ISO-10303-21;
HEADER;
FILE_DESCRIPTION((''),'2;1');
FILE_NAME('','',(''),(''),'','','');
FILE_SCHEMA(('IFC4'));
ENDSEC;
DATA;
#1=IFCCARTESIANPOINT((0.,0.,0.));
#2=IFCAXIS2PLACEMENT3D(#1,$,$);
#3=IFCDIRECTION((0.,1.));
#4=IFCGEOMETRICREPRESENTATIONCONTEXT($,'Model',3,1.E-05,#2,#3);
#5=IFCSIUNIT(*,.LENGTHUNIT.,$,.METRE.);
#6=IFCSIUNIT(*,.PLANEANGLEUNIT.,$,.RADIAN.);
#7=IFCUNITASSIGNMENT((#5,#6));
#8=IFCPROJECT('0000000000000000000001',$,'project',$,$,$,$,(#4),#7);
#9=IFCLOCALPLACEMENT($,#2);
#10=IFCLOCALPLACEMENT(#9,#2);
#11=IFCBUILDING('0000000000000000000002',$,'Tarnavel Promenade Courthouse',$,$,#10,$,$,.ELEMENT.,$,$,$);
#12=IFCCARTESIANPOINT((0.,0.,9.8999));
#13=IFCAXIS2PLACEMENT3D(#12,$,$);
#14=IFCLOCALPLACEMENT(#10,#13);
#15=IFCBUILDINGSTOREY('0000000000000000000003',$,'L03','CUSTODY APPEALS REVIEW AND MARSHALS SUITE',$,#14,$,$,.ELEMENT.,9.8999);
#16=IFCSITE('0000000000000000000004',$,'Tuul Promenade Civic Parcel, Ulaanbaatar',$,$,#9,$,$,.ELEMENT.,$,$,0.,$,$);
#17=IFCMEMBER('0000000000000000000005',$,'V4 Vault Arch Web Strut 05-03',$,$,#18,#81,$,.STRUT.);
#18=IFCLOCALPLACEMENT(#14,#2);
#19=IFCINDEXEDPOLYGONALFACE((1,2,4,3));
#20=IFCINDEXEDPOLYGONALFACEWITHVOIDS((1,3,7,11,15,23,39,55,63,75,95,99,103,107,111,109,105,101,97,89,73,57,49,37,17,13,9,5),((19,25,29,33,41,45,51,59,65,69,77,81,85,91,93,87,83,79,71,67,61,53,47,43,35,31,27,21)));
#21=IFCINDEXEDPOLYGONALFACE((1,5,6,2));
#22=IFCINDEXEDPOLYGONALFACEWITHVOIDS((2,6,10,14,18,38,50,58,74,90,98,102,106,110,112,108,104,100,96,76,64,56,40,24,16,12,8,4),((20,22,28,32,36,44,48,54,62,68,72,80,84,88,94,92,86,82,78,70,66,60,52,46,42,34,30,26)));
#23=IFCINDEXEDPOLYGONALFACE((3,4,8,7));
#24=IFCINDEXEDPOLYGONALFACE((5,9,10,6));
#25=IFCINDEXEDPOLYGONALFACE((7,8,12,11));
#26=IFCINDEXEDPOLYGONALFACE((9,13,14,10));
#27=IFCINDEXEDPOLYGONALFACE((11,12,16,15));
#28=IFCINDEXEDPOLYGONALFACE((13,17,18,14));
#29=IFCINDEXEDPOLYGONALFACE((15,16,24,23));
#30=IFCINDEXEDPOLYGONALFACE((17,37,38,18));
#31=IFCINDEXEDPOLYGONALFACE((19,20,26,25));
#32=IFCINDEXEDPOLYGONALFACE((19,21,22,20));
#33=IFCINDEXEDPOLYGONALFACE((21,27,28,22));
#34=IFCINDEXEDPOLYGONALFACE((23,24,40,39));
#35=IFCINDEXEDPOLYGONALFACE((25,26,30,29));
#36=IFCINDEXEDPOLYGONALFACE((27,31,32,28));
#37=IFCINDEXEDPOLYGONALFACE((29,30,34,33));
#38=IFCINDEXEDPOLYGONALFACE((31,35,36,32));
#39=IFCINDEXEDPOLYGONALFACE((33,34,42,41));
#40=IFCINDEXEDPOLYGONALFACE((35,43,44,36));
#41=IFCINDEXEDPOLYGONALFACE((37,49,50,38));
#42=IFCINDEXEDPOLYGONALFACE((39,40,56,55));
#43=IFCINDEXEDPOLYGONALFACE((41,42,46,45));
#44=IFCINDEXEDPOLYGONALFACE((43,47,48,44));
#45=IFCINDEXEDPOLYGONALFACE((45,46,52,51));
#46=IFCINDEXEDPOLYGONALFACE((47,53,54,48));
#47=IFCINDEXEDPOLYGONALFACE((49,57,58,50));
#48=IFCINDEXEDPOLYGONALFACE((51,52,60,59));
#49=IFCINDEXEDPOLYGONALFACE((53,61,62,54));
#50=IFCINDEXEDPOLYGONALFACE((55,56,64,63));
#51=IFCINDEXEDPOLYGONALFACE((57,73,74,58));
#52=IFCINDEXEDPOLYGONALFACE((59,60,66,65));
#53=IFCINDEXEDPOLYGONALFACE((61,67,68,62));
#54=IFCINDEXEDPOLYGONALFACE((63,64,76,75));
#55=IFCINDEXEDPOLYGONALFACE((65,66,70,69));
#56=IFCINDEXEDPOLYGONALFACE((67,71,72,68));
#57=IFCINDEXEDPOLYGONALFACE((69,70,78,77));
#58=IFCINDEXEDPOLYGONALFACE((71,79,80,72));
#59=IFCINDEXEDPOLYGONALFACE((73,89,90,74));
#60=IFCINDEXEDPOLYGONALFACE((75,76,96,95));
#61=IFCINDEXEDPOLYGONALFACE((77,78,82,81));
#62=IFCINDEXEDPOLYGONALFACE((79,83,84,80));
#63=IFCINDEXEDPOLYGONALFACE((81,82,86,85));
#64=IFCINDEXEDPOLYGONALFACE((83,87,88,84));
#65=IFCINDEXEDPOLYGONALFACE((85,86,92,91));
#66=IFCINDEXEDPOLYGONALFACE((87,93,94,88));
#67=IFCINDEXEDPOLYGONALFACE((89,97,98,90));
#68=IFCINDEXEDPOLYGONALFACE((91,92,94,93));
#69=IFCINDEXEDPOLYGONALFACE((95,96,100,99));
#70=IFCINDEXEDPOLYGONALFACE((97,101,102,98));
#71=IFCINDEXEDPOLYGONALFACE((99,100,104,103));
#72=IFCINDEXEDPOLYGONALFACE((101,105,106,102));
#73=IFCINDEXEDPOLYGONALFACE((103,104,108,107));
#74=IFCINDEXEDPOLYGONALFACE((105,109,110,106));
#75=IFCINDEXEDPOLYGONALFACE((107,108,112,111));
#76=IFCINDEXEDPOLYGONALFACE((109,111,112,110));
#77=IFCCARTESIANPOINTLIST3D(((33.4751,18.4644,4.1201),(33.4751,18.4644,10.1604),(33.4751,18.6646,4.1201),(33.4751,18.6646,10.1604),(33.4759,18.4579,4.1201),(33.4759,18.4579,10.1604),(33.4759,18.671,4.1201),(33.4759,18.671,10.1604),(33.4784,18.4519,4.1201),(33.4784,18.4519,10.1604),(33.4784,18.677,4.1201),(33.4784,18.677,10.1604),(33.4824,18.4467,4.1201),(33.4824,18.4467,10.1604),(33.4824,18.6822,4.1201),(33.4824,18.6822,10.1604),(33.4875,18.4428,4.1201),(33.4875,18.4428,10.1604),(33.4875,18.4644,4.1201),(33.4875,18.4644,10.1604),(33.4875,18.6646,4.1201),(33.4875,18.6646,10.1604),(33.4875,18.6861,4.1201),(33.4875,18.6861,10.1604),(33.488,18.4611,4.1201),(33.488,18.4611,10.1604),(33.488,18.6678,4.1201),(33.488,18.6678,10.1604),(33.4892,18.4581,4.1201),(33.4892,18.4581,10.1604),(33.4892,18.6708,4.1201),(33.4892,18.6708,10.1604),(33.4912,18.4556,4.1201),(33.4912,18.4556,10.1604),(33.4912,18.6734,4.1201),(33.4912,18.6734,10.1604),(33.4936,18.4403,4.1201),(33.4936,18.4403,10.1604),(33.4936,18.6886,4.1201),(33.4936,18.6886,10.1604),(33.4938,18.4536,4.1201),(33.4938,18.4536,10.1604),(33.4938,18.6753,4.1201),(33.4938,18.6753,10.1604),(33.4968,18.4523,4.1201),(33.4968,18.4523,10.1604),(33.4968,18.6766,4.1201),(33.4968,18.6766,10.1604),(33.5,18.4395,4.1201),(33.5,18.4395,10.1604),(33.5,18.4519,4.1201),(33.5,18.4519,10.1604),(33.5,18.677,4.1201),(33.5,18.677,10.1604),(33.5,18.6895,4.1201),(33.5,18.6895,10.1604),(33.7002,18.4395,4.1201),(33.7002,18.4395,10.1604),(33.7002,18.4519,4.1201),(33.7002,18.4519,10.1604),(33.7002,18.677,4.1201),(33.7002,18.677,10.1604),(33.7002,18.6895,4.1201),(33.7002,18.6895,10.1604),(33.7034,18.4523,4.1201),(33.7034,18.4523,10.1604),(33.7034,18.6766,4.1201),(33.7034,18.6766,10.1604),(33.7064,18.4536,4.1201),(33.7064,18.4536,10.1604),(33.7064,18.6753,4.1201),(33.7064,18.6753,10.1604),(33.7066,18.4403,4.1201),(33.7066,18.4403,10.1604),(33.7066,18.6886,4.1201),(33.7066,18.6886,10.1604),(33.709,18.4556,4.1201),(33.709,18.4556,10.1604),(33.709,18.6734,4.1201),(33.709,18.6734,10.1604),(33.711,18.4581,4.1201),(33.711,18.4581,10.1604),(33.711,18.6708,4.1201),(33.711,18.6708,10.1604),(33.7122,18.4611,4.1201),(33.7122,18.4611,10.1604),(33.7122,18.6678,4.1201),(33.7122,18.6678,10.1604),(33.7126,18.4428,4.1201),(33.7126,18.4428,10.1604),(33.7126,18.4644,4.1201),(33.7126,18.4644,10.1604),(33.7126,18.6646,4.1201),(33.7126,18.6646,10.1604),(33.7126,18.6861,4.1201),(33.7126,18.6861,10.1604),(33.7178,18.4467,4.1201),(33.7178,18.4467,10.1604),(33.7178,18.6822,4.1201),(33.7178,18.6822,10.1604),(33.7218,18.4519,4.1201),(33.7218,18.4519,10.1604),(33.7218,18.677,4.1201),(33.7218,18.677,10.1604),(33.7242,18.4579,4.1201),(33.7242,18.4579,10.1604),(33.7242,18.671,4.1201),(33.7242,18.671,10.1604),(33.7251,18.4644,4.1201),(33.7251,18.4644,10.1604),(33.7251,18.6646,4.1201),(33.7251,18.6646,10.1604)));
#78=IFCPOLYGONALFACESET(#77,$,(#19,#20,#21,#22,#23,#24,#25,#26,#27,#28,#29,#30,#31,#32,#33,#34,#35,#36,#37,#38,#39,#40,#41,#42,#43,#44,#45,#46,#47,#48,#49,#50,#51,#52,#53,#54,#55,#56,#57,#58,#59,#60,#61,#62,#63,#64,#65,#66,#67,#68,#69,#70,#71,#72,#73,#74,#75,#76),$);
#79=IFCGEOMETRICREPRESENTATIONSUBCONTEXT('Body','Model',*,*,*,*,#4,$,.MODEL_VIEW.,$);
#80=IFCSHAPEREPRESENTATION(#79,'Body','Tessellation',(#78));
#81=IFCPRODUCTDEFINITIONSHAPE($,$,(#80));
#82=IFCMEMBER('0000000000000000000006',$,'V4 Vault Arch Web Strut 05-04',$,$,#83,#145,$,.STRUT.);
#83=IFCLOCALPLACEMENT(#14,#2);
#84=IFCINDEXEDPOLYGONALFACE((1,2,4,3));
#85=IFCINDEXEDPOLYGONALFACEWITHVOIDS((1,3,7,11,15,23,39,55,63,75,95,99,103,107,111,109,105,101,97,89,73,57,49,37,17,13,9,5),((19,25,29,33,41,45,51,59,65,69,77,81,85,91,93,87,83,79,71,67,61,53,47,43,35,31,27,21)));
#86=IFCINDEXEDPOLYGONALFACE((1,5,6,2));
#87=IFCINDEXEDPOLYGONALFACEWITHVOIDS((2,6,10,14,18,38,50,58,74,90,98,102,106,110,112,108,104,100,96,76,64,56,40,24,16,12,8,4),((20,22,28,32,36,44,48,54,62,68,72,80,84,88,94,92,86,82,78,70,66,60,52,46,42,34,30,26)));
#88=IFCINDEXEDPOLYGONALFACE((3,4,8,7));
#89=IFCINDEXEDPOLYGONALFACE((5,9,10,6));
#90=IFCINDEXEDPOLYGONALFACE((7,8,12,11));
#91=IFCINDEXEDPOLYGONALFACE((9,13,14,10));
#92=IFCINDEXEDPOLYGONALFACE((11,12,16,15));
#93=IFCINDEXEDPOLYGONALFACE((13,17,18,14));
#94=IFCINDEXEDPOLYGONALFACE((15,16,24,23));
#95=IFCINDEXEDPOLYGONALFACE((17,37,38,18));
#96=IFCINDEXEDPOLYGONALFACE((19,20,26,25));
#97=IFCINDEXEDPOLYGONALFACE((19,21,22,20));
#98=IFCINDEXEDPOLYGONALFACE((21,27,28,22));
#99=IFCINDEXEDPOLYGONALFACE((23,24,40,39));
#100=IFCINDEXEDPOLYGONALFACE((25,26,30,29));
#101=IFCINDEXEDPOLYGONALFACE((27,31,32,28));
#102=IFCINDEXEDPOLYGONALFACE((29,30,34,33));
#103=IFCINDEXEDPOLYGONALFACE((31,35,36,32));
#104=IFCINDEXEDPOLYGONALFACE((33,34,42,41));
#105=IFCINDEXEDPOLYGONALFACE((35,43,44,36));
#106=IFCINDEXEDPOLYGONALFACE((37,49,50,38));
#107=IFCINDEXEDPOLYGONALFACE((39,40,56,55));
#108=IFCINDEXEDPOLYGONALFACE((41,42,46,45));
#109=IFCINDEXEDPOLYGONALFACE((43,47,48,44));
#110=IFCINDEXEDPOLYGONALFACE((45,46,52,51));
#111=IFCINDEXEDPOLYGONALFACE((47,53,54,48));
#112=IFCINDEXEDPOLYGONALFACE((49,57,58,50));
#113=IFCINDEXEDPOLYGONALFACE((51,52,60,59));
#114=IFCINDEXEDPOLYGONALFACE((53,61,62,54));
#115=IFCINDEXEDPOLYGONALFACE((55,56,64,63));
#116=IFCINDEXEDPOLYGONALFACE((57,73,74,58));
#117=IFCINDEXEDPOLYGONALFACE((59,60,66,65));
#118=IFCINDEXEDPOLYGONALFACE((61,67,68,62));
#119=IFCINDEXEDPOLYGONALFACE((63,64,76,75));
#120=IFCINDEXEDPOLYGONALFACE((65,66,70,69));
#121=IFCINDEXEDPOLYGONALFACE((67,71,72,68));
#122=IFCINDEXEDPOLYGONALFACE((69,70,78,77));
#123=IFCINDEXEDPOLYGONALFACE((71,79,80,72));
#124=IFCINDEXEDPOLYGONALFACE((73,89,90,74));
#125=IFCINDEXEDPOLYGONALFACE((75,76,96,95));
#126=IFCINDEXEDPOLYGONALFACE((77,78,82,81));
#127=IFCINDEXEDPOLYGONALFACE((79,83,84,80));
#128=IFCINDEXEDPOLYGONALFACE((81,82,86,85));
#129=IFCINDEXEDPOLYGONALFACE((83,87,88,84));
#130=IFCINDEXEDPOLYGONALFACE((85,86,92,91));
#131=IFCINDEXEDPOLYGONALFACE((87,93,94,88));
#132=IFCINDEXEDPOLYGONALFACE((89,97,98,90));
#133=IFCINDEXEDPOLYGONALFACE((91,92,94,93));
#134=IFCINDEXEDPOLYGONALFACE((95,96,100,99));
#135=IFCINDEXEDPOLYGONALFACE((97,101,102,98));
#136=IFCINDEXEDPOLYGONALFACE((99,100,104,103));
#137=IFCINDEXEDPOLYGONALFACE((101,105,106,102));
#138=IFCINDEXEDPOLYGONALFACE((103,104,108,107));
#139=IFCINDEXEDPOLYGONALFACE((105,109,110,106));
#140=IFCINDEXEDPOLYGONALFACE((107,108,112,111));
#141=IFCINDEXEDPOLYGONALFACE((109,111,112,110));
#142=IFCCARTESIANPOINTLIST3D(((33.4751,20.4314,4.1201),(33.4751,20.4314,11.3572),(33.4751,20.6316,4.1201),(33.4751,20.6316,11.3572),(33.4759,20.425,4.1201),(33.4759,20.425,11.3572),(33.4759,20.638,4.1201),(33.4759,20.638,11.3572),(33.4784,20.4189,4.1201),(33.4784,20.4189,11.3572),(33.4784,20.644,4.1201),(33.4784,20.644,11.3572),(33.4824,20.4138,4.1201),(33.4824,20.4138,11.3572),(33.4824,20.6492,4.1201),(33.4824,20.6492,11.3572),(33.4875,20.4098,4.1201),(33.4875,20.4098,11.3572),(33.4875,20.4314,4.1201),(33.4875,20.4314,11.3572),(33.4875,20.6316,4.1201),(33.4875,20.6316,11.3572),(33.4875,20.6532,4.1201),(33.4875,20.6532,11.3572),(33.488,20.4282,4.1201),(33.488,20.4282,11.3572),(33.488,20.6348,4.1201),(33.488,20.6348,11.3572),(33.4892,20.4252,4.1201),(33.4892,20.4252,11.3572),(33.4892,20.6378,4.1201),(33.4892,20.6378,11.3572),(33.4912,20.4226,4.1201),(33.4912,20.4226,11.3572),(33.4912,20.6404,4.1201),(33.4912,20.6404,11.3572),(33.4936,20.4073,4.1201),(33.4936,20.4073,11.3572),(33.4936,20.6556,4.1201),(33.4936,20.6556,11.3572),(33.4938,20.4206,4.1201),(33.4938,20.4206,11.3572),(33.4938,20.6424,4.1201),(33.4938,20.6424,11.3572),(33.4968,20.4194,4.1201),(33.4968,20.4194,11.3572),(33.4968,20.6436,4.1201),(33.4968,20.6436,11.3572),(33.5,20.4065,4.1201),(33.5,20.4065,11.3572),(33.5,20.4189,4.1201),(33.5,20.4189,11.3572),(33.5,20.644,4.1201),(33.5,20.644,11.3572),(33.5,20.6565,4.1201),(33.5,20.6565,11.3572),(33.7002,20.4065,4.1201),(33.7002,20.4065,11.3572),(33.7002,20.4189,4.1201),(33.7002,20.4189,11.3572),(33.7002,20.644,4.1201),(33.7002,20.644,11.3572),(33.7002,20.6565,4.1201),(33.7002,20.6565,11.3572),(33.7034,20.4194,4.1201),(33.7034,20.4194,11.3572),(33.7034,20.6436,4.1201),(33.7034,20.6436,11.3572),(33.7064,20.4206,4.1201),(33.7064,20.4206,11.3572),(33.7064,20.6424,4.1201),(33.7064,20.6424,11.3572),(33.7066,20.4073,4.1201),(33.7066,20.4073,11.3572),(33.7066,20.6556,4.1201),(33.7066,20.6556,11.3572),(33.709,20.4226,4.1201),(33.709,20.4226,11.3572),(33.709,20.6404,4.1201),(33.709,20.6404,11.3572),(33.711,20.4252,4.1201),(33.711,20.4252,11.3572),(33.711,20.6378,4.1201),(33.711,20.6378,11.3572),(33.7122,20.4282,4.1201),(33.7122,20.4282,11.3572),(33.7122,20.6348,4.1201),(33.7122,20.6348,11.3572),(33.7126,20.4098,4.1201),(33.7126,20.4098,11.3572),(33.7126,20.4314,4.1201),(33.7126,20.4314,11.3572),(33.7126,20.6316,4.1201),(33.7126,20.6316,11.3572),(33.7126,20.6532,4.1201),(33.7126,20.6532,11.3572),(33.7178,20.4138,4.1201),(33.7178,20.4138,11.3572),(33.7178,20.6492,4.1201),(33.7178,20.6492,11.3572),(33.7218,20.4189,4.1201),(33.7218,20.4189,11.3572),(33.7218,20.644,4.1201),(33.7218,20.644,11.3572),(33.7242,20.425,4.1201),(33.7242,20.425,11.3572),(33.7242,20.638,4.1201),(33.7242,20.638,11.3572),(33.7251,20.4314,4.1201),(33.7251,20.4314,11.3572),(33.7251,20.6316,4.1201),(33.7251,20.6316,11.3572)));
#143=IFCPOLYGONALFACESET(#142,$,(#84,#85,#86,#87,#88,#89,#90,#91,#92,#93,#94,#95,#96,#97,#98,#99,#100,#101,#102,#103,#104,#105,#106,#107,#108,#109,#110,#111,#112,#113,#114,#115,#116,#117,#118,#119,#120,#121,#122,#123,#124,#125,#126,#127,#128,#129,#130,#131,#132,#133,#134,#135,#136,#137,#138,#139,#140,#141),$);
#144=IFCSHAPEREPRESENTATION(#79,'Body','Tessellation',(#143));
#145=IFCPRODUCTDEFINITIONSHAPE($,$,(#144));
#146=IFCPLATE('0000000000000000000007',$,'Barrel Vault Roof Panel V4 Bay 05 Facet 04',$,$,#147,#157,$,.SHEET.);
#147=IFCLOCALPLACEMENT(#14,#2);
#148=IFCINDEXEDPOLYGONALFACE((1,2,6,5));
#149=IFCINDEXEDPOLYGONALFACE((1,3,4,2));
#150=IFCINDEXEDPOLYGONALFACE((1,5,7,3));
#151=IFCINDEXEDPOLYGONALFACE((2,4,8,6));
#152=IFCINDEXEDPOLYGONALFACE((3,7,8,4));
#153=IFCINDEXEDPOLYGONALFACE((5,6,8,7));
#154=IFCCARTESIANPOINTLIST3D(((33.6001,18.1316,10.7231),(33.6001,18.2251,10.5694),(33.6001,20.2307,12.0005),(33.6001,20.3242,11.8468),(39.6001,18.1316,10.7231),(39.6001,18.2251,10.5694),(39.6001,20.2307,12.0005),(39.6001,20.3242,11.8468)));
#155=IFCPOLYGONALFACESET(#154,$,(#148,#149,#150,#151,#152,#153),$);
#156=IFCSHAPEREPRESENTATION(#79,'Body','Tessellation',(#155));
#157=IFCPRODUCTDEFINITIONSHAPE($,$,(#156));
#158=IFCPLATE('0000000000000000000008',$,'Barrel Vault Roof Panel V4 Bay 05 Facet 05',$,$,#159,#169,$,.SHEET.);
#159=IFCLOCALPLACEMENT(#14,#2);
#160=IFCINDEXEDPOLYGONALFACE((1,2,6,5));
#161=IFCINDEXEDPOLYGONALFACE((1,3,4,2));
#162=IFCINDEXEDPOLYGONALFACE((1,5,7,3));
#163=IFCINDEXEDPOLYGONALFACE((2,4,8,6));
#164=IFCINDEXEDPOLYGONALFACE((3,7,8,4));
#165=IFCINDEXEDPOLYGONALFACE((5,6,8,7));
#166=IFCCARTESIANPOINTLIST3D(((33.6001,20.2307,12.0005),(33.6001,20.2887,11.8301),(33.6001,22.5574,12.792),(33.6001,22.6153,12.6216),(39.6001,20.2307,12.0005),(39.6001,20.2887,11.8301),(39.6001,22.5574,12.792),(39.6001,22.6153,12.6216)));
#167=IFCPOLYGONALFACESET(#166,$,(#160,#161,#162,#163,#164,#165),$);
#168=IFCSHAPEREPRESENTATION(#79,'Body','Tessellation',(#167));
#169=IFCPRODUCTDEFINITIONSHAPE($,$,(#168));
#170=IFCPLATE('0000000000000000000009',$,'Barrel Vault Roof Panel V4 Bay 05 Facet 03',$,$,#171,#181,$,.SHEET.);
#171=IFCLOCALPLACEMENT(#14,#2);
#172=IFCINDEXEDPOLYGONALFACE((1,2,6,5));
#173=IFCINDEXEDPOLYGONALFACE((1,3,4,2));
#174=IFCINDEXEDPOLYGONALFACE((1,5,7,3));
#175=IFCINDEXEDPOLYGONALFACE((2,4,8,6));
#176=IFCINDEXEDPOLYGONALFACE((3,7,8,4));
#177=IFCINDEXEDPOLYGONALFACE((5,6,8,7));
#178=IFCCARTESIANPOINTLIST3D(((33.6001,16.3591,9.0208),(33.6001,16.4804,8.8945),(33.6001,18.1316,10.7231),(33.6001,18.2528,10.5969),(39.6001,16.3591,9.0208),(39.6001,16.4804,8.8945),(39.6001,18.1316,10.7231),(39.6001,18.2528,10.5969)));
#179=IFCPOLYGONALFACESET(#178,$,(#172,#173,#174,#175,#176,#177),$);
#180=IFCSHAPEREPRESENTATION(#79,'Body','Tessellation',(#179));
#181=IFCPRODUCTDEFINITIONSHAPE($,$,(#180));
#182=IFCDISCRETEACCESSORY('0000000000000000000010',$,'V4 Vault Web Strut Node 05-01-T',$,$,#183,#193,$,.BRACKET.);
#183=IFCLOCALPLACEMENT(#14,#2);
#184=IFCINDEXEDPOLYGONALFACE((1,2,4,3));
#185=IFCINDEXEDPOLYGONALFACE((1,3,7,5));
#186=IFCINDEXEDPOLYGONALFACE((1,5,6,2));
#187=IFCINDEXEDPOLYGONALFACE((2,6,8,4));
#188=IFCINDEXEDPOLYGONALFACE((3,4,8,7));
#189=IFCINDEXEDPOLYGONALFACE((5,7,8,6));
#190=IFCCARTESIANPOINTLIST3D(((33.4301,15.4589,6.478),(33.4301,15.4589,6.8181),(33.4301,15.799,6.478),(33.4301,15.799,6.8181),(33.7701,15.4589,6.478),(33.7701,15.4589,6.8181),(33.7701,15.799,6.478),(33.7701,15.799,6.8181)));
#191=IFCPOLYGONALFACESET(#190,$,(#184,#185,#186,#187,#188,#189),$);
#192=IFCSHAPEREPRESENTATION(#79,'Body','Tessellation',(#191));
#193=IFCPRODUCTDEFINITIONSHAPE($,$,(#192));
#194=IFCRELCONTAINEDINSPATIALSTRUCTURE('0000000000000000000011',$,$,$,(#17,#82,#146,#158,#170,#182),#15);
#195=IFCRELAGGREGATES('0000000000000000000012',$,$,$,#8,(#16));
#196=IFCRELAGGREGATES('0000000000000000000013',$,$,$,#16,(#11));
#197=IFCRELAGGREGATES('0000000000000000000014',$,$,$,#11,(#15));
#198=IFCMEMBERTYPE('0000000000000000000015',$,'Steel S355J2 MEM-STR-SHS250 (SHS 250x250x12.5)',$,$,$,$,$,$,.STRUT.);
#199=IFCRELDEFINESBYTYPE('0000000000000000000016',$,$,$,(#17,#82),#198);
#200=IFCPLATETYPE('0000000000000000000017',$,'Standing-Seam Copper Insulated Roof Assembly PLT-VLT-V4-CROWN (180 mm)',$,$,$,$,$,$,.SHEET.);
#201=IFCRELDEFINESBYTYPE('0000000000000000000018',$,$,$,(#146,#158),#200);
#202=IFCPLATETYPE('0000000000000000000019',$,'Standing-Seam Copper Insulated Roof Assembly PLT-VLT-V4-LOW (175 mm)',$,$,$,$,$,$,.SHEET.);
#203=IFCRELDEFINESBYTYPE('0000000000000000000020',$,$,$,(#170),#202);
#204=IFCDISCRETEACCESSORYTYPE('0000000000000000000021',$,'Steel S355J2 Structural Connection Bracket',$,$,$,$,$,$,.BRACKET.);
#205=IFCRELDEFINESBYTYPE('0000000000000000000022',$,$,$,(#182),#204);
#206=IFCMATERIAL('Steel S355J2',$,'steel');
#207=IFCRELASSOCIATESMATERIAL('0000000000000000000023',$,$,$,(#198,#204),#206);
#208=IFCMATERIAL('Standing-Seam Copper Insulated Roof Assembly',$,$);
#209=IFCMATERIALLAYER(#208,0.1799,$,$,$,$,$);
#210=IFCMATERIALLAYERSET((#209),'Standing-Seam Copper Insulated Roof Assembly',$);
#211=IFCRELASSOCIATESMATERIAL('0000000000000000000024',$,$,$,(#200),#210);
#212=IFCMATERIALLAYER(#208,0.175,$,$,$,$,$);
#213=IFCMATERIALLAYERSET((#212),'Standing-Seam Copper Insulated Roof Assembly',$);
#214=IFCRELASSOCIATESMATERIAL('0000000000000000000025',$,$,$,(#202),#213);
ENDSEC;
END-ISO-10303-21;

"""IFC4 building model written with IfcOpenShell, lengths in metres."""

from ifc_helpers import new_model, si_unit, direction, frame, origin, origin_2d, place, context, subcontext, project, spatial, polyline, rectangle, hollow_rectangle, outline, extrude, material, layer, layer_set, material_profile, profile_set, type_object, element, save


model = new_model("IFC4")

# Units and contexts
model_context = context("Model", 3, precision=1e-05, world=origin(), true_north=direction((0.0, 1.0)))
body_context = subcontext(model_context, "Body", "Model", "MODEL_VIEW")
ifc_project = project(units=[si_unit("LENGTHUNIT", "METRE"), si_unit("PLANEANGLEUNIT", "RADIAN")], contexts=[model_context])

# Site, building, storey
site_placement = place(None, origin())
site = spatial("IfcSite", under=ifc_project, at=site_placement, Name="Tuul Promenade Civic Parcel, Ulaanbaatar", CompositionType="ELEMENT", RefElevation=0.0)
building_placement = place(site_placement, origin())
building = spatial("IfcBuilding", under=site, at=building_placement, Name="Tarnavel Promenade Courthouse", CompositionType="ELEMENT")
storey_placement = place(building_placement, frame((0.0, 0.0, 9.8999)))
storey = spatial("IfcBuildingStorey", under=building, at=storey_placement, Name="L03", Description="CUSTODY APPEALS REVIEW AND MARSHALS SUITE", CompositionType="ELEMENT", Elevation=9.8999)

# Shared definitions
ifc_material_1 = material(Name="Steel S355J2", Category="steel")

# Members
ifc_material_profile_1 = material_profile(ifc_material_1, hollow_rectangle(XDim=0.25, YDim=0.25, WallThickness=0.0125, InnerFilletRadius=0.0125, OuterFilletRadius=0.0249, at=origin_2d()), Name="SHS 250x250x12.5")
ifc_profile_set_1 = profile_set([ifc_material_profile_1], Name="Steel S355J2")
member_type_1 = type_object("IfcMemberType", Name="Steel S355J2 MEM-STR-SHS250 (SHS 250x250x12.5)", PredefinedType="STRUT", material=ifc_profile_set_1)
member_1_placement = place(storey_placement, frame((33.6001, 18.5645, 4.1201), z_axis=(0.0, 0.0, 1.0), x_axis=(1.0, 0.0, 0.0)))
element("IfcMember", 1, at=member_1_placement, inside=storey, type_object=member_type_1, Name="V4 Vault Arch Web Strut 05-03", PredefinedType="STRUT", context=body_context, shape_type="SweptSolid", body=[
    extrude(hollow_rectangle(XDim=0.25, YDim=0.25, WallThickness=0.0125, InnerFilletRadius=0.0125, OuterFilletRadius=0.0249, at=origin_2d()), origin(), (0.0, 0.0, 1.0), 6.0403),
])
member_2_placement = place(storey_placement, frame((33.6001, 20.5315, 4.1201), z_axis=(0.0, 0.0, 1.0), x_axis=(1.0, 0.0, 0.0)))
element("IfcMember", 2, at=member_2_placement, inside=storey, type_object=member_type_1, Name="V4 Vault Arch Web Strut 05-04", PredefinedType="STRUT", context=body_context, shape_type="SweptSolid", body=[
    extrude(hollow_rectangle(XDim=0.25, YDim=0.25, WallThickness=0.0125, InnerFilletRadius=0.0125, OuterFilletRadius=0.0249, at=origin_2d()), origin(), (0.0, 0.0, 1.0), 7.2371),
])

# Plates
ifc_material_2 = material(Name="Standing-Seam Copper Insulated Roof Assembly")
ifc_layer_1 = layer(ifc_material_2, 0.1799)
ifc_layer_set_1 = layer_set([ifc_layer_1], Name="Standing-Seam Copper Insulated Roof Assembly")
plate_type_1 = type_object("IfcPlateType", Name="Standing-Seam Copper Insulated Roof Assembly PLT-VLT-V4-CROWN (180 mm)", PredefinedType="SHEET", material=ifc_layer_set_1)
plate_1_placement = place(storey_placement, frame((33.6001, 18.1316, 10.7231), z_axis=(0.0, -0.519833, 0.854268), x_axis=(1.0, 0.0, 0.0)))
element("IfcPlate", 3, at=plate_1_placement, inside=storey, type_object=plate_type_1, Name="Barrel Vault Roof Panel V4 Bay 05 Facet 04", PredefinedType="SHEET", context=body_context, shape_type="SweptSolid", body=[
    extrude(outline(polyline([(0.0, 0.0), (6.0, 0.0), (6.0, 2.4572), (0.0, 2.4572), (0.0, 0.0)])), origin(), (0.0, 0.0, -1.0), 0.1799),
])
plate_2_placement = place(storey_placement, frame((33.6001, 20.2307, 12.0005), z_axis=(0.0, -0.322063, 0.946718), x_axis=(1.0, 0.0, 0.0)))
element("IfcPlate", 4, at=plate_2_placement, inside=storey, type_object=plate_type_1, Name="Barrel Vault Roof Panel V4 Bay 05 Facet 05", PredefinedType="SHEET", context=body_context, shape_type="SweptSolid", body=[
    extrude(outline(polyline([(0.0, 0.0), (6.0, 0.0), (6.0, 2.4576), (0.0, 2.4576), (0.0, 0.0)])), origin(), (0.0, 0.0, -1.0), 0.1799),
])
ifc_layer_2 = layer(ifc_material_2, 0.175)
ifc_layer_set_2 = layer_set([ifc_layer_2], Name="Standing-Seam Copper Insulated Roof Assembly")
plate_type_2 = type_object("IfcPlateType", Name="Standing-Seam Copper Insulated Roof Assembly PLT-VLT-V4-LOW (175 mm)", PredefinedType="SHEET", material=ifc_layer_set_2)
plate_3_placement = place(storey_placement, frame((33.6001, 16.3591, 9.0208), z_axis=(0.0, -0.692708, 0.721219), x_axis=(1.0, 0.0, 0.0)))
element("IfcPlate", 5, at=plate_3_placement, inside=storey, type_object=plate_type_2, Name="Barrel Vault Roof Panel V4 Bay 05 Facet 03", PredefinedType="SHEET", context=body_context, shape_type="SweptSolid", body=[
    extrude(outline(polyline([(0.0, 0.0), (6.0, 0.0), (6.0, 2.4576), (0.0, 2.4576), (0.0, 0.0)])), origin(), (0.0, 0.0, -1.0), 0.175),
])

# Discrete accessory
discrete_accessory_type = type_object("IfcDiscreteAccessoryType", Name="Steel S355J2 Structural Connection Bracket", PredefinedType="BRACKET", material=ifc_material_1)
for number, where, z_axis, x_axis, name in (
    (6, (33.6001, 15.6289, 6.478), (0.0, 0.0, 1.0), (1.0, 0.0, 0.0), "V4 Vault Web Strut Node 05-01-T"),
):
    element("IfcDiscreteAccessory", number, at=place(storey_placement, frame(where, z_axis=z_axis, x_axis=x_axis)), inside=storey, type_object=discrete_accessory_type, Name=name, PredefinedType="BRACKET", context=body_context, shape_type="SweptSolid", body=[
        extrude(rectangle(XDim=0.3401, YDim=0.3401, at=origin_2d()), origin(), (0.0, 0.0, 1.0), 0.3401),
    ])

save(model, "model.ifc")
